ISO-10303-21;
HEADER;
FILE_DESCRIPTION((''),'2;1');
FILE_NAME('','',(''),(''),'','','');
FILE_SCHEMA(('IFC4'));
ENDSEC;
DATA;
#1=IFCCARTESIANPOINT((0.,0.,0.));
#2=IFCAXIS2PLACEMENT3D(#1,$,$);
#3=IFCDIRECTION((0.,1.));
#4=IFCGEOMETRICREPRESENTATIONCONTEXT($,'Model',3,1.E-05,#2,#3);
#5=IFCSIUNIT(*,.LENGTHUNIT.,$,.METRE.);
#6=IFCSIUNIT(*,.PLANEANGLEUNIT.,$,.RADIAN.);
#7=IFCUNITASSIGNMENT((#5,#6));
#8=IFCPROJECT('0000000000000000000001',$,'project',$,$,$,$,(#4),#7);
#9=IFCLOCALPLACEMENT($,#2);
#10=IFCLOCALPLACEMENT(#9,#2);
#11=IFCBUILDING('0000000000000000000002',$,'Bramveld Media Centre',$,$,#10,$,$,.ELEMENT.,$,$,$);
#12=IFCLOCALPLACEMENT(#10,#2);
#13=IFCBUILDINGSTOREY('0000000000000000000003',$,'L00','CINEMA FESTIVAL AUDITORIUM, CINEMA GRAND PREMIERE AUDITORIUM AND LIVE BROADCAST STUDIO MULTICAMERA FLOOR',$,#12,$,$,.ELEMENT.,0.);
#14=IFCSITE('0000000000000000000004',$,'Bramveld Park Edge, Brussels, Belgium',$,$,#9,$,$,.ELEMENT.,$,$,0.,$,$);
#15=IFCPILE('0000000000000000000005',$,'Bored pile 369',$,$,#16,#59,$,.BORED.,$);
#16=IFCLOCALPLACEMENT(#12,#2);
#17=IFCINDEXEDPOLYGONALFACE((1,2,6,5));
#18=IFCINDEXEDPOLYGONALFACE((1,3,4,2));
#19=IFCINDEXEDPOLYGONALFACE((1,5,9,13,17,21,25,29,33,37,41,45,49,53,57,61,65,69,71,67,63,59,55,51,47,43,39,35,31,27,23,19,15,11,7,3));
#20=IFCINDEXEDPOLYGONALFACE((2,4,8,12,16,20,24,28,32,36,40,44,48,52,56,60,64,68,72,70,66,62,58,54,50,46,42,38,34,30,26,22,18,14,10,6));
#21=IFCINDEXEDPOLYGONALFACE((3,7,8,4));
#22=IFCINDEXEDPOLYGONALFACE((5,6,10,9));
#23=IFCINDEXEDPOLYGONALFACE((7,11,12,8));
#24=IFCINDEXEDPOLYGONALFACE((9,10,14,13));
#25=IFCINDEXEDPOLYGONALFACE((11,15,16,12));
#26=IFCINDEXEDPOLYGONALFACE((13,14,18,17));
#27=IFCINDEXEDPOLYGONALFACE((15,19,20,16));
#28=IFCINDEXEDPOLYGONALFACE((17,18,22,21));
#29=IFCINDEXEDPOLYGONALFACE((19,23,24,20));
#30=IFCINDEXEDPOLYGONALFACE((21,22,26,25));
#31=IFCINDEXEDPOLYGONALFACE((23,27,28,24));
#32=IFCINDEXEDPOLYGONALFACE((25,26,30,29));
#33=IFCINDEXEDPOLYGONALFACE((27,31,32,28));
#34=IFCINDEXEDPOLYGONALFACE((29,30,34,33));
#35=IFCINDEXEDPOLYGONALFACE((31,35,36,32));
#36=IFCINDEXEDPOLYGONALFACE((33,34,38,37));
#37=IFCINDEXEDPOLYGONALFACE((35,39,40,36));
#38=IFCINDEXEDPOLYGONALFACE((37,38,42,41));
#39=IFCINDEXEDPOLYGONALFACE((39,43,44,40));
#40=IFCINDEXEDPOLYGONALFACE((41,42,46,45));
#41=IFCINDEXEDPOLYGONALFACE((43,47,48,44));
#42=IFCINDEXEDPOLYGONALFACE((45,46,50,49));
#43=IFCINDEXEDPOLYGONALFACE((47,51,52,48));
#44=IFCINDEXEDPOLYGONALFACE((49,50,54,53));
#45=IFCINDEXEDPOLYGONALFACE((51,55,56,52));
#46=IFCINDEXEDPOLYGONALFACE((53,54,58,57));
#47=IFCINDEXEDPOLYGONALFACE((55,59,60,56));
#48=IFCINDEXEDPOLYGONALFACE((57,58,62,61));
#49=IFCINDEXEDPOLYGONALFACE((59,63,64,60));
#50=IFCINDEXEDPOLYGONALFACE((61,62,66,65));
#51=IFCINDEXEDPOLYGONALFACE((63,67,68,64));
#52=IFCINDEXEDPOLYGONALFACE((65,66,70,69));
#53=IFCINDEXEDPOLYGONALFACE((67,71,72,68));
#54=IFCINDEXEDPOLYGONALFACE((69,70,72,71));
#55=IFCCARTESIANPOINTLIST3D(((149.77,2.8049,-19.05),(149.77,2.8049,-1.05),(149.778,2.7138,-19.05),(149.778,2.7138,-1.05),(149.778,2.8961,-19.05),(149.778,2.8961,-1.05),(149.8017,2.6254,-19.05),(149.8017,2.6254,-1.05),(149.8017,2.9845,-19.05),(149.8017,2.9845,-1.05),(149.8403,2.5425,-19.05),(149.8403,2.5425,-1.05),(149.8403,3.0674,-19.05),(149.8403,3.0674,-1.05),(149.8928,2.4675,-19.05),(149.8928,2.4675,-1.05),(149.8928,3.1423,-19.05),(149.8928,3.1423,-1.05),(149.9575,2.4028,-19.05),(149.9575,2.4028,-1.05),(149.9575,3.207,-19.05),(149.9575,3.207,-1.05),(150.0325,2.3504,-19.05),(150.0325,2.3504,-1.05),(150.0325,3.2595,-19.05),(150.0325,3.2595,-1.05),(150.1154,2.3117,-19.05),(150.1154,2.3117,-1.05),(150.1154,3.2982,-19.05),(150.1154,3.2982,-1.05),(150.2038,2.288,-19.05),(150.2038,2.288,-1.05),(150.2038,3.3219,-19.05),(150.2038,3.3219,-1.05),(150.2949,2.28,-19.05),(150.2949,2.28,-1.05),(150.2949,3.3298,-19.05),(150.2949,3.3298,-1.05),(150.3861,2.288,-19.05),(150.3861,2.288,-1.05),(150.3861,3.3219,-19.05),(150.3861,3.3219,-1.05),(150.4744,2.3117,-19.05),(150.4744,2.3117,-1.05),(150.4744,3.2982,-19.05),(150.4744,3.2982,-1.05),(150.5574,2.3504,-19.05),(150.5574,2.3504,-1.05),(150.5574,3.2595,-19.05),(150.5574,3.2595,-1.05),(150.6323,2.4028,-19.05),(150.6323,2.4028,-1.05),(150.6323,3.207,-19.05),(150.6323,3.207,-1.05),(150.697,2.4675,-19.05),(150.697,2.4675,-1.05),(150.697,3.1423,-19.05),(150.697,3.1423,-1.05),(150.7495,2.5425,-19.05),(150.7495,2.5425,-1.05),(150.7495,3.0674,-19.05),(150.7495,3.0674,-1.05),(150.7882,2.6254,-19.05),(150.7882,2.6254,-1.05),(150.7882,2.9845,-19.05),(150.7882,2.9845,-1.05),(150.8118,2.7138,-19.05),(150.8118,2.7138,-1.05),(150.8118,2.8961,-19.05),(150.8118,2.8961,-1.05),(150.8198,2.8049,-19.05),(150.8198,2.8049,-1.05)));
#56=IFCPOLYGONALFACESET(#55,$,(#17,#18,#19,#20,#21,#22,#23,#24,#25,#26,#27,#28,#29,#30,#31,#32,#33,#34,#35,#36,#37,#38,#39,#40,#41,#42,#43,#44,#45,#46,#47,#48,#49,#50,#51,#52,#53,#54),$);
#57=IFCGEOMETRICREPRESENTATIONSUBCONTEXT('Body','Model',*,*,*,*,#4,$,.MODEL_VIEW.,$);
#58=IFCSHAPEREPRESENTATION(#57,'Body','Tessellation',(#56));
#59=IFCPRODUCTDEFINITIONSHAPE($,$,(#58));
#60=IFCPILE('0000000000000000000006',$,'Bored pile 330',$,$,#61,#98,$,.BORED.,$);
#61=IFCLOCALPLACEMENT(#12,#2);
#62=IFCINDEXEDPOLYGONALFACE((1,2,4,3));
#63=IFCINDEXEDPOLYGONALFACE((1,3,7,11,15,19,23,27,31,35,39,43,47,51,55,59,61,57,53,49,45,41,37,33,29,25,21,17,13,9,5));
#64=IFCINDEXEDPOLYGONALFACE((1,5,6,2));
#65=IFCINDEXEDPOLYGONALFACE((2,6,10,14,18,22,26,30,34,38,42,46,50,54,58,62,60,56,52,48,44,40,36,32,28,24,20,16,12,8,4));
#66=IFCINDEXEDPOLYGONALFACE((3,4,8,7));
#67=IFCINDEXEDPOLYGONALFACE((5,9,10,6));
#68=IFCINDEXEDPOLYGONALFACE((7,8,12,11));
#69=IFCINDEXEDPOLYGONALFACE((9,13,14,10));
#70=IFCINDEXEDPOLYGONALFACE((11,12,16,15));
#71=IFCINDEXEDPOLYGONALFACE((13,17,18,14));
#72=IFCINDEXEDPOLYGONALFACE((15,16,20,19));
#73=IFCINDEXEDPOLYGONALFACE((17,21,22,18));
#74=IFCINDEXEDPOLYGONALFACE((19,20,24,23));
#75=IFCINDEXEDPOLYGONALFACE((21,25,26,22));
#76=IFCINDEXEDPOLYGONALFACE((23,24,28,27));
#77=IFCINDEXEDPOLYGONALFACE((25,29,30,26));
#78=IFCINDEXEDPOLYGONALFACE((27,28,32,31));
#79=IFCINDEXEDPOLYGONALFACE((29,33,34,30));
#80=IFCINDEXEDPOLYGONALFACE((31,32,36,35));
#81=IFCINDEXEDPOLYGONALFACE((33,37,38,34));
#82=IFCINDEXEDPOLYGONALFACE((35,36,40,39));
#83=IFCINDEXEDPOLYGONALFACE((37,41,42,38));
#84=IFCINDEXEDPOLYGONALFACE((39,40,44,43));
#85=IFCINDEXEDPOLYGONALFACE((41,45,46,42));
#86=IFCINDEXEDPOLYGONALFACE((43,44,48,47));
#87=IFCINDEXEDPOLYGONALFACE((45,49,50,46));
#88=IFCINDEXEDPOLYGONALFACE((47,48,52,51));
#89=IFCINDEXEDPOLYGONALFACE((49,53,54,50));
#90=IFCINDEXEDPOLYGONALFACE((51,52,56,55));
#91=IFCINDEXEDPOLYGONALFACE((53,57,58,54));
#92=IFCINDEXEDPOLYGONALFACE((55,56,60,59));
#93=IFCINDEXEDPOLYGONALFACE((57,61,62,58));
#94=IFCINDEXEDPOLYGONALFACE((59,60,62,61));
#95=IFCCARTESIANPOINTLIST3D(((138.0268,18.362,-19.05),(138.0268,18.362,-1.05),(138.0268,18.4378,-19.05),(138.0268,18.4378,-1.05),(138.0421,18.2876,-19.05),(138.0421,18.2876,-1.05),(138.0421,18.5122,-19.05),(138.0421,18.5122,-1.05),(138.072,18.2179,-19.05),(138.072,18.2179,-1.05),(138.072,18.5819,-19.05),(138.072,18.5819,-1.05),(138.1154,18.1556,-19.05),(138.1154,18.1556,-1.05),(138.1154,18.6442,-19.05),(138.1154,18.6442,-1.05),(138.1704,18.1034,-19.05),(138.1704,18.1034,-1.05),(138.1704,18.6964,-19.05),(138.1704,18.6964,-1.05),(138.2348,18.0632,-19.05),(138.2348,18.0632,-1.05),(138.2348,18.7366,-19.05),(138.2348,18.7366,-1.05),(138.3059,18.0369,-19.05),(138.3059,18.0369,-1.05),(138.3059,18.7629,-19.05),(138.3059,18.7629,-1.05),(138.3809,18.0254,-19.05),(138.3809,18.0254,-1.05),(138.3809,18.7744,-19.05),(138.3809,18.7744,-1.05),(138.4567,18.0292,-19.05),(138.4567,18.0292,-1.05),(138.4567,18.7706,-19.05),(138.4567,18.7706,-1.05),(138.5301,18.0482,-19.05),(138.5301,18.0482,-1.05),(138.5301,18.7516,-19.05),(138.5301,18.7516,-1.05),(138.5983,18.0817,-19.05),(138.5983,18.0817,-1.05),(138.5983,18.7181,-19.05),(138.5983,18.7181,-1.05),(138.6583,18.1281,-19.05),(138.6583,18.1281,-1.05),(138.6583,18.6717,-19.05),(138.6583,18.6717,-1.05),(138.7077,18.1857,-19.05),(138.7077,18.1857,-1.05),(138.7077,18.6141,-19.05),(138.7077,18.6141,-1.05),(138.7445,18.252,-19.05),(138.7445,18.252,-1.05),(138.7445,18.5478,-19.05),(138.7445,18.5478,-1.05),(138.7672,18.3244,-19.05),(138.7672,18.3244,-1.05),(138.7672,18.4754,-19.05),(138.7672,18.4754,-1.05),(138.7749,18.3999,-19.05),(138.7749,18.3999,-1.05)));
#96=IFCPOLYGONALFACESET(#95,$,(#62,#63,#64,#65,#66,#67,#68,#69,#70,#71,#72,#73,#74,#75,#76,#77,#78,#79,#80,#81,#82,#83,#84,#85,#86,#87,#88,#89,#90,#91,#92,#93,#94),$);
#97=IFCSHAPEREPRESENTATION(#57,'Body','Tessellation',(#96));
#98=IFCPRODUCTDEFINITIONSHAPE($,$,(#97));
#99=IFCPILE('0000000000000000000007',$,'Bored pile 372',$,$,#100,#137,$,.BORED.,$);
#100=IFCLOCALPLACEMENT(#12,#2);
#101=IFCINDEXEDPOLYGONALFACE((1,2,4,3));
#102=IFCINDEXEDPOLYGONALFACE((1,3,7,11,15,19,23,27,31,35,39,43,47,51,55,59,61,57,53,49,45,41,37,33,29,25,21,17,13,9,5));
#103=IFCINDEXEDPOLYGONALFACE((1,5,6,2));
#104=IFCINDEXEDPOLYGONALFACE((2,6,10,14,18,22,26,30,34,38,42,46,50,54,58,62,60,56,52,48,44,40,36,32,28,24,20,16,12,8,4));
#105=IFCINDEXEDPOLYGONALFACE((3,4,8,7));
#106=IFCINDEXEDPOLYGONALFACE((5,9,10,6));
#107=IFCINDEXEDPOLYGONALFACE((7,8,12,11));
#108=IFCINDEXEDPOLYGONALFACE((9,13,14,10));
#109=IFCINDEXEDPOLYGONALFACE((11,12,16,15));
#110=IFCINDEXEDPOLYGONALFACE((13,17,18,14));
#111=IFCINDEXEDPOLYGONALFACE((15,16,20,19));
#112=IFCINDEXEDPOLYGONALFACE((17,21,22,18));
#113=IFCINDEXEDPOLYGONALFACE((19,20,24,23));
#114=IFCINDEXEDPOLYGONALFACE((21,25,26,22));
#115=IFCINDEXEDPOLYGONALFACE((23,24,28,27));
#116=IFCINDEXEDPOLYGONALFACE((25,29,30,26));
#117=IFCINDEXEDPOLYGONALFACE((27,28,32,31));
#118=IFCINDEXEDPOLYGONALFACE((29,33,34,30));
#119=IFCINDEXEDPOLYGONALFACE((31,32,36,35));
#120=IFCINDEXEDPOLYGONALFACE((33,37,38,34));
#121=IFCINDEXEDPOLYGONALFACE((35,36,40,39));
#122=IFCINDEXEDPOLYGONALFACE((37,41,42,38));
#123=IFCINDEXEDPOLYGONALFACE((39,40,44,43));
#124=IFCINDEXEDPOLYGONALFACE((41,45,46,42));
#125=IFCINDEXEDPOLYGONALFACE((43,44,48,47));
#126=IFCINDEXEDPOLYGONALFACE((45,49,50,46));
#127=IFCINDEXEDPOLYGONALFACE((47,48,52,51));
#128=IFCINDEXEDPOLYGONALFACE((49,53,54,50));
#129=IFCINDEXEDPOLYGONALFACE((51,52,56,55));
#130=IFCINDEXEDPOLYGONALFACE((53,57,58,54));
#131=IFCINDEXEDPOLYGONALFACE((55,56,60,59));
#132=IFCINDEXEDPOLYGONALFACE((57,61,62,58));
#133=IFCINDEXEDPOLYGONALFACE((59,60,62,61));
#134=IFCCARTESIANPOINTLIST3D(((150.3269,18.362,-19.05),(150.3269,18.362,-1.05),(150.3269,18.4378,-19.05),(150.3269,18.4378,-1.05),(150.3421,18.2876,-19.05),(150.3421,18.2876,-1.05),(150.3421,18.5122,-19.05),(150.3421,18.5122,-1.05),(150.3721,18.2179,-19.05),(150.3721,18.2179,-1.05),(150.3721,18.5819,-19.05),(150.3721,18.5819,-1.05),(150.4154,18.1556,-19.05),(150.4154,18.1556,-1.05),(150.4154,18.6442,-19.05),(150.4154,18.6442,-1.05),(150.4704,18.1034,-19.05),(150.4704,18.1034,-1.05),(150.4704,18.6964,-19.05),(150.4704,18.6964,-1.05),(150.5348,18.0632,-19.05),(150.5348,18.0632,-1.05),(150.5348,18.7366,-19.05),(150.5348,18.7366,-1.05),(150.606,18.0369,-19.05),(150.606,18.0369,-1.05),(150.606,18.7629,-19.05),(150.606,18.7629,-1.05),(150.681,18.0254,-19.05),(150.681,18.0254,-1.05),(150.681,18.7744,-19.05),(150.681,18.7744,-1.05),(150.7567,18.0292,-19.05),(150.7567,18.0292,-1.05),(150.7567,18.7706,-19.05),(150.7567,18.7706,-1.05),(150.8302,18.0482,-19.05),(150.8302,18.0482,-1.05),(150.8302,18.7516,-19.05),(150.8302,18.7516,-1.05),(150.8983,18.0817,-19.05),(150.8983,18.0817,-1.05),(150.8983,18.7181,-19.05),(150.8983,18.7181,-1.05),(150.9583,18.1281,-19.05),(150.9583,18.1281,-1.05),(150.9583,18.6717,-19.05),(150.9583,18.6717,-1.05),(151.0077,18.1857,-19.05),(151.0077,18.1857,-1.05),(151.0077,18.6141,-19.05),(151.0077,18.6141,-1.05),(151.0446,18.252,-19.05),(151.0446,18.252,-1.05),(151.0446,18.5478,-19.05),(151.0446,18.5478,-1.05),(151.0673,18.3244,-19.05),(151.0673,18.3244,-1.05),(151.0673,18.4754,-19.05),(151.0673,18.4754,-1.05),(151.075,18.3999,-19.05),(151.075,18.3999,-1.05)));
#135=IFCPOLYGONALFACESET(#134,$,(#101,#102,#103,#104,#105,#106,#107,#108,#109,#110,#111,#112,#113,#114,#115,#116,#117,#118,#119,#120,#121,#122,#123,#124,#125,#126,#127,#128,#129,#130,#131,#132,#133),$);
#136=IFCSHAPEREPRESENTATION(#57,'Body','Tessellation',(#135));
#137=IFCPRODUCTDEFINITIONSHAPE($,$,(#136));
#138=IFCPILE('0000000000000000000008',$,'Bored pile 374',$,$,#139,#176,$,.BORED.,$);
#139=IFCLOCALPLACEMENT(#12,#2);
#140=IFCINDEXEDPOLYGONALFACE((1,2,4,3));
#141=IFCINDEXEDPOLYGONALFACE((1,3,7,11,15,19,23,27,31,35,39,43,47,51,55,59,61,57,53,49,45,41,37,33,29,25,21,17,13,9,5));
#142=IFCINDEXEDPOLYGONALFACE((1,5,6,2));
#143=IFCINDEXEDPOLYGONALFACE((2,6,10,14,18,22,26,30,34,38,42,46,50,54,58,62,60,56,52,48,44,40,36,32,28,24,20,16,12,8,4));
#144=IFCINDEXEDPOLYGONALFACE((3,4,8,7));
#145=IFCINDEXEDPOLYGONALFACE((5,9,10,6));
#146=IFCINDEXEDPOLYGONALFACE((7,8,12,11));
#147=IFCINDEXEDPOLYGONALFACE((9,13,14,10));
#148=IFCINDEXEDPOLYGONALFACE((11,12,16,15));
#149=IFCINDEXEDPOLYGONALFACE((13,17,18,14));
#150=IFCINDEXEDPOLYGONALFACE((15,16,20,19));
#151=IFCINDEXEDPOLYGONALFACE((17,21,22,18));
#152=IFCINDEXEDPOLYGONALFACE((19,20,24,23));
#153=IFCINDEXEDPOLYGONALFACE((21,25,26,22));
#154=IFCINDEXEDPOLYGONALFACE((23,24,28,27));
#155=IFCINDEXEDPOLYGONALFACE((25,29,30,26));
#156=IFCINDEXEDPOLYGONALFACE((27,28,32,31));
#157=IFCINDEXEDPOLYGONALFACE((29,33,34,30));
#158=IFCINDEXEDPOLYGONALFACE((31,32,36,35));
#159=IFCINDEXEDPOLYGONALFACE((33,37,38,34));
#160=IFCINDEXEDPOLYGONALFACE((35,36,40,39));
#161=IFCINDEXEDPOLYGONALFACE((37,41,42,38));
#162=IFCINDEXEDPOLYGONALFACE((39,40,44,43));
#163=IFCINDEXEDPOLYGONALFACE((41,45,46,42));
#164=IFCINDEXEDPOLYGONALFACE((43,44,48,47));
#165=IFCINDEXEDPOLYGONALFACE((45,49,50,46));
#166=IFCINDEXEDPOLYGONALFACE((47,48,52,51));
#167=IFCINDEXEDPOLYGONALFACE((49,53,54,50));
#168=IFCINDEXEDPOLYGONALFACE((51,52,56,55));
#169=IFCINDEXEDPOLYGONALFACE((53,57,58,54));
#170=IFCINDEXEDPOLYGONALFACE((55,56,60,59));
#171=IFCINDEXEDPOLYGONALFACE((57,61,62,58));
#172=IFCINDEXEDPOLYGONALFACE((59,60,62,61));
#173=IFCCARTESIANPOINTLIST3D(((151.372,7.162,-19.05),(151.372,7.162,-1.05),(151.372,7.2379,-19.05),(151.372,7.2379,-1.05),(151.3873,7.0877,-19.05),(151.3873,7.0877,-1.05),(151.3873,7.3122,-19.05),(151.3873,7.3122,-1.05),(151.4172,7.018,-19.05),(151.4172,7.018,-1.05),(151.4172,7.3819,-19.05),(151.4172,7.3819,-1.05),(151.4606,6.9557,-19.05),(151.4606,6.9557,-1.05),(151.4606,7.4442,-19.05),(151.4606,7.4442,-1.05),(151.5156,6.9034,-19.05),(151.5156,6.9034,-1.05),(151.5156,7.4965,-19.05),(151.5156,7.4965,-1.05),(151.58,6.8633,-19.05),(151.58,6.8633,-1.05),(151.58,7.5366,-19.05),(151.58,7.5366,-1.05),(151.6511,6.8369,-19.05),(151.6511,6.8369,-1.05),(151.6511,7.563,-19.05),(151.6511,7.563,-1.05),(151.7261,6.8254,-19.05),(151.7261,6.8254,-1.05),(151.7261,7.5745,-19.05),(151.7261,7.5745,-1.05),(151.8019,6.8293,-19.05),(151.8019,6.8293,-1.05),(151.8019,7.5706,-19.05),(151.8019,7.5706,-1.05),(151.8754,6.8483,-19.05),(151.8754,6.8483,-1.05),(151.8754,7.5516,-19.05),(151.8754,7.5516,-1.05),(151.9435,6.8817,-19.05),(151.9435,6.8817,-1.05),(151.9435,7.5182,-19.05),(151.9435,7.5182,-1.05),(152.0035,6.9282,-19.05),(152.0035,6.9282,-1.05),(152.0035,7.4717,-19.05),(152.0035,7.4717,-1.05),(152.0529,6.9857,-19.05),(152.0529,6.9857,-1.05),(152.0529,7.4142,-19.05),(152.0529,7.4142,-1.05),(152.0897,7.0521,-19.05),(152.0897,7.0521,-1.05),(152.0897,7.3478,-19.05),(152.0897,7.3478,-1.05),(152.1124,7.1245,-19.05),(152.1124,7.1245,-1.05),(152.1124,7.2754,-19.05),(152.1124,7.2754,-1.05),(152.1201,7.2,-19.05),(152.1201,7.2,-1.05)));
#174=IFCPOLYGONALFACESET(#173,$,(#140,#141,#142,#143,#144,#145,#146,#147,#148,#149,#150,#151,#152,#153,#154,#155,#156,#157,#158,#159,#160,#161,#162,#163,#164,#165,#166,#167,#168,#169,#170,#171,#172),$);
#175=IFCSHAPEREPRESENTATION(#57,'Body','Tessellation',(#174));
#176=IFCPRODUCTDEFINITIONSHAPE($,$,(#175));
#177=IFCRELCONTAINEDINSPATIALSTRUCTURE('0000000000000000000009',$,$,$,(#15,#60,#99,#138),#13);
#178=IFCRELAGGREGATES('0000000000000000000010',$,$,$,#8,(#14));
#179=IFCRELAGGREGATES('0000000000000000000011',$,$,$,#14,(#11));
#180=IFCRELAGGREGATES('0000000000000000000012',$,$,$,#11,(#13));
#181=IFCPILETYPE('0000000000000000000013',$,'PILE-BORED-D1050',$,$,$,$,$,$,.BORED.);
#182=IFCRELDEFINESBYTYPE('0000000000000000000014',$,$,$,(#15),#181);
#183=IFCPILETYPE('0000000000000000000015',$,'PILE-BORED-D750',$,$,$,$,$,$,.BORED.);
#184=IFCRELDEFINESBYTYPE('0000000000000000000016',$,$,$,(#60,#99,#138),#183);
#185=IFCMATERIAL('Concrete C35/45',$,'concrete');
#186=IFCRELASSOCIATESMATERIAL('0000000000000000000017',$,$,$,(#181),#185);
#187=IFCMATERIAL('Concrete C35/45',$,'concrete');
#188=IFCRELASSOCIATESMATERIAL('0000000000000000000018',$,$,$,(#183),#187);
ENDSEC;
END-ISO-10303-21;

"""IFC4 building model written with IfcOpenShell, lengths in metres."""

from ifc_helpers import new_model, si_unit, direction, frame, origin, origin_2d, place, context, subcontext, project, spatial, circle, extrude, material, material_profile, profile_set, type_object, element, save


model = new_model("IFC4")

# Units and contexts
model_context = context("Model", 3, precision=1e-05, world=origin(), true_north=direction((0.0, 1.0)))
body_context = subcontext(model_context, "Body", "Model", "MODEL_VIEW")
ifc_project = project(units=[si_unit("LENGTHUNIT", "METRE"), si_unit("PLANEANGLEUNIT", "RADIAN")], contexts=[model_context])

# Site, building, storey
site_placement = place(None, origin())
site = spatial("IfcSite", under=ifc_project, at=site_placement, Name="Bramveld Park Edge, Brussels, Belgium", CompositionType="ELEMENT", RefElevation=0.0)
building_placement = place(site_placement, origin())
building = spatial("IfcBuilding", under=site, at=building_placement, Name="Bramveld Media Centre", CompositionType="ELEMENT")
storey_placement = place(building_placement, origin())
storey = spatial("IfcBuildingStorey", under=building, at=storey_placement, Name="L00", Description="CINEMA FESTIVAL AUDITORIUM, CINEMA GRAND PREMIERE AUDITORIUM AND LIVE BROADCAST STUDIO MULTICAMERA FLOOR", CompositionType="ELEMENT", Elevation=0.0)

# Piles
ifc_material_1 = material(Name="Concrete C35/45", Category="concrete")
ifc_material_profile_1 = material_profile(ifc_material_1, circle(Radius=0.5249, at=origin_2d()), Name="BORED D1050")
ifc_profile_set_1 = profile_set([ifc_material_profile_1], Name="Concrete C35/45")
pile_type_1 = type_object("IfcPileType", Name="PILE-BORED-D1050", PredefinedType="BORED", material=ifc_profile_set_1)
for number, where, z_axis, x_axis, name in (
    (1, (150.2949, 2.8049, -1.05), (0.0, 0.0, -1.0), (1.0, 0.0, 0.0), "Bored pile 369"),
):
    element("IfcPile", number, at=place(storey_placement, frame(where, z_axis=z_axis, x_axis=x_axis)), inside=storey, type_object=pile_type_1, Name=name, PredefinedType="BORED", context=body_context, shape_type="SweptSolid", body=[
        extrude(circle(Radius=0.5249, at=origin_2d()), origin(), (0.0, 0.0, 1.0), 18.0),
    ])
ifc_material_2 = material(Name="Concrete C35/45", Category="concrete")
ifc_material_profile_2 = material_profile(ifc_material_2, circle(Radius=0.375, at=origin_2d()), Name="BORED D750")
ifc_profile_set_2 = profile_set([ifc_material_profile_2], Name="Concrete C35/45")
pile_type_2 = type_object("IfcPileType", Name="PILE-BORED-D750", PredefinedType="BORED", material=ifc_profile_set_2)
for number, where, z_axis, x_axis, name in (
    (2, (138.3999, 18.3999, -1.05), (0.0, 0.0, -1.0), (1.0, 0.0, 0.0), "Bored pile 330"),
    (3, (150.7, 18.3999, -1.05), (0.0, 0.0, -1.0), (1.0, 0.0, 0.0), "Bored pile 372"),
    (4, (151.7451, 7.2, -1.05), (0.0, 0.0, -1.0), (1.0, 0.0, 0.0), "Bored pile 374"),
):
    element("IfcPile", number, at=place(storey_placement, frame(where, z_axis=z_axis, x_axis=x_axis)), inside=storey, type_object=pile_type_2, Name=name, PredefinedType="BORED", context=body_context, shape_type="SweptSolid", body=[
        extrude(circle(Radius=0.375, at=origin_2d()), origin(), (0.0, 0.0, 1.0), 18.0),
    ])

save(model, "model.ifc")
